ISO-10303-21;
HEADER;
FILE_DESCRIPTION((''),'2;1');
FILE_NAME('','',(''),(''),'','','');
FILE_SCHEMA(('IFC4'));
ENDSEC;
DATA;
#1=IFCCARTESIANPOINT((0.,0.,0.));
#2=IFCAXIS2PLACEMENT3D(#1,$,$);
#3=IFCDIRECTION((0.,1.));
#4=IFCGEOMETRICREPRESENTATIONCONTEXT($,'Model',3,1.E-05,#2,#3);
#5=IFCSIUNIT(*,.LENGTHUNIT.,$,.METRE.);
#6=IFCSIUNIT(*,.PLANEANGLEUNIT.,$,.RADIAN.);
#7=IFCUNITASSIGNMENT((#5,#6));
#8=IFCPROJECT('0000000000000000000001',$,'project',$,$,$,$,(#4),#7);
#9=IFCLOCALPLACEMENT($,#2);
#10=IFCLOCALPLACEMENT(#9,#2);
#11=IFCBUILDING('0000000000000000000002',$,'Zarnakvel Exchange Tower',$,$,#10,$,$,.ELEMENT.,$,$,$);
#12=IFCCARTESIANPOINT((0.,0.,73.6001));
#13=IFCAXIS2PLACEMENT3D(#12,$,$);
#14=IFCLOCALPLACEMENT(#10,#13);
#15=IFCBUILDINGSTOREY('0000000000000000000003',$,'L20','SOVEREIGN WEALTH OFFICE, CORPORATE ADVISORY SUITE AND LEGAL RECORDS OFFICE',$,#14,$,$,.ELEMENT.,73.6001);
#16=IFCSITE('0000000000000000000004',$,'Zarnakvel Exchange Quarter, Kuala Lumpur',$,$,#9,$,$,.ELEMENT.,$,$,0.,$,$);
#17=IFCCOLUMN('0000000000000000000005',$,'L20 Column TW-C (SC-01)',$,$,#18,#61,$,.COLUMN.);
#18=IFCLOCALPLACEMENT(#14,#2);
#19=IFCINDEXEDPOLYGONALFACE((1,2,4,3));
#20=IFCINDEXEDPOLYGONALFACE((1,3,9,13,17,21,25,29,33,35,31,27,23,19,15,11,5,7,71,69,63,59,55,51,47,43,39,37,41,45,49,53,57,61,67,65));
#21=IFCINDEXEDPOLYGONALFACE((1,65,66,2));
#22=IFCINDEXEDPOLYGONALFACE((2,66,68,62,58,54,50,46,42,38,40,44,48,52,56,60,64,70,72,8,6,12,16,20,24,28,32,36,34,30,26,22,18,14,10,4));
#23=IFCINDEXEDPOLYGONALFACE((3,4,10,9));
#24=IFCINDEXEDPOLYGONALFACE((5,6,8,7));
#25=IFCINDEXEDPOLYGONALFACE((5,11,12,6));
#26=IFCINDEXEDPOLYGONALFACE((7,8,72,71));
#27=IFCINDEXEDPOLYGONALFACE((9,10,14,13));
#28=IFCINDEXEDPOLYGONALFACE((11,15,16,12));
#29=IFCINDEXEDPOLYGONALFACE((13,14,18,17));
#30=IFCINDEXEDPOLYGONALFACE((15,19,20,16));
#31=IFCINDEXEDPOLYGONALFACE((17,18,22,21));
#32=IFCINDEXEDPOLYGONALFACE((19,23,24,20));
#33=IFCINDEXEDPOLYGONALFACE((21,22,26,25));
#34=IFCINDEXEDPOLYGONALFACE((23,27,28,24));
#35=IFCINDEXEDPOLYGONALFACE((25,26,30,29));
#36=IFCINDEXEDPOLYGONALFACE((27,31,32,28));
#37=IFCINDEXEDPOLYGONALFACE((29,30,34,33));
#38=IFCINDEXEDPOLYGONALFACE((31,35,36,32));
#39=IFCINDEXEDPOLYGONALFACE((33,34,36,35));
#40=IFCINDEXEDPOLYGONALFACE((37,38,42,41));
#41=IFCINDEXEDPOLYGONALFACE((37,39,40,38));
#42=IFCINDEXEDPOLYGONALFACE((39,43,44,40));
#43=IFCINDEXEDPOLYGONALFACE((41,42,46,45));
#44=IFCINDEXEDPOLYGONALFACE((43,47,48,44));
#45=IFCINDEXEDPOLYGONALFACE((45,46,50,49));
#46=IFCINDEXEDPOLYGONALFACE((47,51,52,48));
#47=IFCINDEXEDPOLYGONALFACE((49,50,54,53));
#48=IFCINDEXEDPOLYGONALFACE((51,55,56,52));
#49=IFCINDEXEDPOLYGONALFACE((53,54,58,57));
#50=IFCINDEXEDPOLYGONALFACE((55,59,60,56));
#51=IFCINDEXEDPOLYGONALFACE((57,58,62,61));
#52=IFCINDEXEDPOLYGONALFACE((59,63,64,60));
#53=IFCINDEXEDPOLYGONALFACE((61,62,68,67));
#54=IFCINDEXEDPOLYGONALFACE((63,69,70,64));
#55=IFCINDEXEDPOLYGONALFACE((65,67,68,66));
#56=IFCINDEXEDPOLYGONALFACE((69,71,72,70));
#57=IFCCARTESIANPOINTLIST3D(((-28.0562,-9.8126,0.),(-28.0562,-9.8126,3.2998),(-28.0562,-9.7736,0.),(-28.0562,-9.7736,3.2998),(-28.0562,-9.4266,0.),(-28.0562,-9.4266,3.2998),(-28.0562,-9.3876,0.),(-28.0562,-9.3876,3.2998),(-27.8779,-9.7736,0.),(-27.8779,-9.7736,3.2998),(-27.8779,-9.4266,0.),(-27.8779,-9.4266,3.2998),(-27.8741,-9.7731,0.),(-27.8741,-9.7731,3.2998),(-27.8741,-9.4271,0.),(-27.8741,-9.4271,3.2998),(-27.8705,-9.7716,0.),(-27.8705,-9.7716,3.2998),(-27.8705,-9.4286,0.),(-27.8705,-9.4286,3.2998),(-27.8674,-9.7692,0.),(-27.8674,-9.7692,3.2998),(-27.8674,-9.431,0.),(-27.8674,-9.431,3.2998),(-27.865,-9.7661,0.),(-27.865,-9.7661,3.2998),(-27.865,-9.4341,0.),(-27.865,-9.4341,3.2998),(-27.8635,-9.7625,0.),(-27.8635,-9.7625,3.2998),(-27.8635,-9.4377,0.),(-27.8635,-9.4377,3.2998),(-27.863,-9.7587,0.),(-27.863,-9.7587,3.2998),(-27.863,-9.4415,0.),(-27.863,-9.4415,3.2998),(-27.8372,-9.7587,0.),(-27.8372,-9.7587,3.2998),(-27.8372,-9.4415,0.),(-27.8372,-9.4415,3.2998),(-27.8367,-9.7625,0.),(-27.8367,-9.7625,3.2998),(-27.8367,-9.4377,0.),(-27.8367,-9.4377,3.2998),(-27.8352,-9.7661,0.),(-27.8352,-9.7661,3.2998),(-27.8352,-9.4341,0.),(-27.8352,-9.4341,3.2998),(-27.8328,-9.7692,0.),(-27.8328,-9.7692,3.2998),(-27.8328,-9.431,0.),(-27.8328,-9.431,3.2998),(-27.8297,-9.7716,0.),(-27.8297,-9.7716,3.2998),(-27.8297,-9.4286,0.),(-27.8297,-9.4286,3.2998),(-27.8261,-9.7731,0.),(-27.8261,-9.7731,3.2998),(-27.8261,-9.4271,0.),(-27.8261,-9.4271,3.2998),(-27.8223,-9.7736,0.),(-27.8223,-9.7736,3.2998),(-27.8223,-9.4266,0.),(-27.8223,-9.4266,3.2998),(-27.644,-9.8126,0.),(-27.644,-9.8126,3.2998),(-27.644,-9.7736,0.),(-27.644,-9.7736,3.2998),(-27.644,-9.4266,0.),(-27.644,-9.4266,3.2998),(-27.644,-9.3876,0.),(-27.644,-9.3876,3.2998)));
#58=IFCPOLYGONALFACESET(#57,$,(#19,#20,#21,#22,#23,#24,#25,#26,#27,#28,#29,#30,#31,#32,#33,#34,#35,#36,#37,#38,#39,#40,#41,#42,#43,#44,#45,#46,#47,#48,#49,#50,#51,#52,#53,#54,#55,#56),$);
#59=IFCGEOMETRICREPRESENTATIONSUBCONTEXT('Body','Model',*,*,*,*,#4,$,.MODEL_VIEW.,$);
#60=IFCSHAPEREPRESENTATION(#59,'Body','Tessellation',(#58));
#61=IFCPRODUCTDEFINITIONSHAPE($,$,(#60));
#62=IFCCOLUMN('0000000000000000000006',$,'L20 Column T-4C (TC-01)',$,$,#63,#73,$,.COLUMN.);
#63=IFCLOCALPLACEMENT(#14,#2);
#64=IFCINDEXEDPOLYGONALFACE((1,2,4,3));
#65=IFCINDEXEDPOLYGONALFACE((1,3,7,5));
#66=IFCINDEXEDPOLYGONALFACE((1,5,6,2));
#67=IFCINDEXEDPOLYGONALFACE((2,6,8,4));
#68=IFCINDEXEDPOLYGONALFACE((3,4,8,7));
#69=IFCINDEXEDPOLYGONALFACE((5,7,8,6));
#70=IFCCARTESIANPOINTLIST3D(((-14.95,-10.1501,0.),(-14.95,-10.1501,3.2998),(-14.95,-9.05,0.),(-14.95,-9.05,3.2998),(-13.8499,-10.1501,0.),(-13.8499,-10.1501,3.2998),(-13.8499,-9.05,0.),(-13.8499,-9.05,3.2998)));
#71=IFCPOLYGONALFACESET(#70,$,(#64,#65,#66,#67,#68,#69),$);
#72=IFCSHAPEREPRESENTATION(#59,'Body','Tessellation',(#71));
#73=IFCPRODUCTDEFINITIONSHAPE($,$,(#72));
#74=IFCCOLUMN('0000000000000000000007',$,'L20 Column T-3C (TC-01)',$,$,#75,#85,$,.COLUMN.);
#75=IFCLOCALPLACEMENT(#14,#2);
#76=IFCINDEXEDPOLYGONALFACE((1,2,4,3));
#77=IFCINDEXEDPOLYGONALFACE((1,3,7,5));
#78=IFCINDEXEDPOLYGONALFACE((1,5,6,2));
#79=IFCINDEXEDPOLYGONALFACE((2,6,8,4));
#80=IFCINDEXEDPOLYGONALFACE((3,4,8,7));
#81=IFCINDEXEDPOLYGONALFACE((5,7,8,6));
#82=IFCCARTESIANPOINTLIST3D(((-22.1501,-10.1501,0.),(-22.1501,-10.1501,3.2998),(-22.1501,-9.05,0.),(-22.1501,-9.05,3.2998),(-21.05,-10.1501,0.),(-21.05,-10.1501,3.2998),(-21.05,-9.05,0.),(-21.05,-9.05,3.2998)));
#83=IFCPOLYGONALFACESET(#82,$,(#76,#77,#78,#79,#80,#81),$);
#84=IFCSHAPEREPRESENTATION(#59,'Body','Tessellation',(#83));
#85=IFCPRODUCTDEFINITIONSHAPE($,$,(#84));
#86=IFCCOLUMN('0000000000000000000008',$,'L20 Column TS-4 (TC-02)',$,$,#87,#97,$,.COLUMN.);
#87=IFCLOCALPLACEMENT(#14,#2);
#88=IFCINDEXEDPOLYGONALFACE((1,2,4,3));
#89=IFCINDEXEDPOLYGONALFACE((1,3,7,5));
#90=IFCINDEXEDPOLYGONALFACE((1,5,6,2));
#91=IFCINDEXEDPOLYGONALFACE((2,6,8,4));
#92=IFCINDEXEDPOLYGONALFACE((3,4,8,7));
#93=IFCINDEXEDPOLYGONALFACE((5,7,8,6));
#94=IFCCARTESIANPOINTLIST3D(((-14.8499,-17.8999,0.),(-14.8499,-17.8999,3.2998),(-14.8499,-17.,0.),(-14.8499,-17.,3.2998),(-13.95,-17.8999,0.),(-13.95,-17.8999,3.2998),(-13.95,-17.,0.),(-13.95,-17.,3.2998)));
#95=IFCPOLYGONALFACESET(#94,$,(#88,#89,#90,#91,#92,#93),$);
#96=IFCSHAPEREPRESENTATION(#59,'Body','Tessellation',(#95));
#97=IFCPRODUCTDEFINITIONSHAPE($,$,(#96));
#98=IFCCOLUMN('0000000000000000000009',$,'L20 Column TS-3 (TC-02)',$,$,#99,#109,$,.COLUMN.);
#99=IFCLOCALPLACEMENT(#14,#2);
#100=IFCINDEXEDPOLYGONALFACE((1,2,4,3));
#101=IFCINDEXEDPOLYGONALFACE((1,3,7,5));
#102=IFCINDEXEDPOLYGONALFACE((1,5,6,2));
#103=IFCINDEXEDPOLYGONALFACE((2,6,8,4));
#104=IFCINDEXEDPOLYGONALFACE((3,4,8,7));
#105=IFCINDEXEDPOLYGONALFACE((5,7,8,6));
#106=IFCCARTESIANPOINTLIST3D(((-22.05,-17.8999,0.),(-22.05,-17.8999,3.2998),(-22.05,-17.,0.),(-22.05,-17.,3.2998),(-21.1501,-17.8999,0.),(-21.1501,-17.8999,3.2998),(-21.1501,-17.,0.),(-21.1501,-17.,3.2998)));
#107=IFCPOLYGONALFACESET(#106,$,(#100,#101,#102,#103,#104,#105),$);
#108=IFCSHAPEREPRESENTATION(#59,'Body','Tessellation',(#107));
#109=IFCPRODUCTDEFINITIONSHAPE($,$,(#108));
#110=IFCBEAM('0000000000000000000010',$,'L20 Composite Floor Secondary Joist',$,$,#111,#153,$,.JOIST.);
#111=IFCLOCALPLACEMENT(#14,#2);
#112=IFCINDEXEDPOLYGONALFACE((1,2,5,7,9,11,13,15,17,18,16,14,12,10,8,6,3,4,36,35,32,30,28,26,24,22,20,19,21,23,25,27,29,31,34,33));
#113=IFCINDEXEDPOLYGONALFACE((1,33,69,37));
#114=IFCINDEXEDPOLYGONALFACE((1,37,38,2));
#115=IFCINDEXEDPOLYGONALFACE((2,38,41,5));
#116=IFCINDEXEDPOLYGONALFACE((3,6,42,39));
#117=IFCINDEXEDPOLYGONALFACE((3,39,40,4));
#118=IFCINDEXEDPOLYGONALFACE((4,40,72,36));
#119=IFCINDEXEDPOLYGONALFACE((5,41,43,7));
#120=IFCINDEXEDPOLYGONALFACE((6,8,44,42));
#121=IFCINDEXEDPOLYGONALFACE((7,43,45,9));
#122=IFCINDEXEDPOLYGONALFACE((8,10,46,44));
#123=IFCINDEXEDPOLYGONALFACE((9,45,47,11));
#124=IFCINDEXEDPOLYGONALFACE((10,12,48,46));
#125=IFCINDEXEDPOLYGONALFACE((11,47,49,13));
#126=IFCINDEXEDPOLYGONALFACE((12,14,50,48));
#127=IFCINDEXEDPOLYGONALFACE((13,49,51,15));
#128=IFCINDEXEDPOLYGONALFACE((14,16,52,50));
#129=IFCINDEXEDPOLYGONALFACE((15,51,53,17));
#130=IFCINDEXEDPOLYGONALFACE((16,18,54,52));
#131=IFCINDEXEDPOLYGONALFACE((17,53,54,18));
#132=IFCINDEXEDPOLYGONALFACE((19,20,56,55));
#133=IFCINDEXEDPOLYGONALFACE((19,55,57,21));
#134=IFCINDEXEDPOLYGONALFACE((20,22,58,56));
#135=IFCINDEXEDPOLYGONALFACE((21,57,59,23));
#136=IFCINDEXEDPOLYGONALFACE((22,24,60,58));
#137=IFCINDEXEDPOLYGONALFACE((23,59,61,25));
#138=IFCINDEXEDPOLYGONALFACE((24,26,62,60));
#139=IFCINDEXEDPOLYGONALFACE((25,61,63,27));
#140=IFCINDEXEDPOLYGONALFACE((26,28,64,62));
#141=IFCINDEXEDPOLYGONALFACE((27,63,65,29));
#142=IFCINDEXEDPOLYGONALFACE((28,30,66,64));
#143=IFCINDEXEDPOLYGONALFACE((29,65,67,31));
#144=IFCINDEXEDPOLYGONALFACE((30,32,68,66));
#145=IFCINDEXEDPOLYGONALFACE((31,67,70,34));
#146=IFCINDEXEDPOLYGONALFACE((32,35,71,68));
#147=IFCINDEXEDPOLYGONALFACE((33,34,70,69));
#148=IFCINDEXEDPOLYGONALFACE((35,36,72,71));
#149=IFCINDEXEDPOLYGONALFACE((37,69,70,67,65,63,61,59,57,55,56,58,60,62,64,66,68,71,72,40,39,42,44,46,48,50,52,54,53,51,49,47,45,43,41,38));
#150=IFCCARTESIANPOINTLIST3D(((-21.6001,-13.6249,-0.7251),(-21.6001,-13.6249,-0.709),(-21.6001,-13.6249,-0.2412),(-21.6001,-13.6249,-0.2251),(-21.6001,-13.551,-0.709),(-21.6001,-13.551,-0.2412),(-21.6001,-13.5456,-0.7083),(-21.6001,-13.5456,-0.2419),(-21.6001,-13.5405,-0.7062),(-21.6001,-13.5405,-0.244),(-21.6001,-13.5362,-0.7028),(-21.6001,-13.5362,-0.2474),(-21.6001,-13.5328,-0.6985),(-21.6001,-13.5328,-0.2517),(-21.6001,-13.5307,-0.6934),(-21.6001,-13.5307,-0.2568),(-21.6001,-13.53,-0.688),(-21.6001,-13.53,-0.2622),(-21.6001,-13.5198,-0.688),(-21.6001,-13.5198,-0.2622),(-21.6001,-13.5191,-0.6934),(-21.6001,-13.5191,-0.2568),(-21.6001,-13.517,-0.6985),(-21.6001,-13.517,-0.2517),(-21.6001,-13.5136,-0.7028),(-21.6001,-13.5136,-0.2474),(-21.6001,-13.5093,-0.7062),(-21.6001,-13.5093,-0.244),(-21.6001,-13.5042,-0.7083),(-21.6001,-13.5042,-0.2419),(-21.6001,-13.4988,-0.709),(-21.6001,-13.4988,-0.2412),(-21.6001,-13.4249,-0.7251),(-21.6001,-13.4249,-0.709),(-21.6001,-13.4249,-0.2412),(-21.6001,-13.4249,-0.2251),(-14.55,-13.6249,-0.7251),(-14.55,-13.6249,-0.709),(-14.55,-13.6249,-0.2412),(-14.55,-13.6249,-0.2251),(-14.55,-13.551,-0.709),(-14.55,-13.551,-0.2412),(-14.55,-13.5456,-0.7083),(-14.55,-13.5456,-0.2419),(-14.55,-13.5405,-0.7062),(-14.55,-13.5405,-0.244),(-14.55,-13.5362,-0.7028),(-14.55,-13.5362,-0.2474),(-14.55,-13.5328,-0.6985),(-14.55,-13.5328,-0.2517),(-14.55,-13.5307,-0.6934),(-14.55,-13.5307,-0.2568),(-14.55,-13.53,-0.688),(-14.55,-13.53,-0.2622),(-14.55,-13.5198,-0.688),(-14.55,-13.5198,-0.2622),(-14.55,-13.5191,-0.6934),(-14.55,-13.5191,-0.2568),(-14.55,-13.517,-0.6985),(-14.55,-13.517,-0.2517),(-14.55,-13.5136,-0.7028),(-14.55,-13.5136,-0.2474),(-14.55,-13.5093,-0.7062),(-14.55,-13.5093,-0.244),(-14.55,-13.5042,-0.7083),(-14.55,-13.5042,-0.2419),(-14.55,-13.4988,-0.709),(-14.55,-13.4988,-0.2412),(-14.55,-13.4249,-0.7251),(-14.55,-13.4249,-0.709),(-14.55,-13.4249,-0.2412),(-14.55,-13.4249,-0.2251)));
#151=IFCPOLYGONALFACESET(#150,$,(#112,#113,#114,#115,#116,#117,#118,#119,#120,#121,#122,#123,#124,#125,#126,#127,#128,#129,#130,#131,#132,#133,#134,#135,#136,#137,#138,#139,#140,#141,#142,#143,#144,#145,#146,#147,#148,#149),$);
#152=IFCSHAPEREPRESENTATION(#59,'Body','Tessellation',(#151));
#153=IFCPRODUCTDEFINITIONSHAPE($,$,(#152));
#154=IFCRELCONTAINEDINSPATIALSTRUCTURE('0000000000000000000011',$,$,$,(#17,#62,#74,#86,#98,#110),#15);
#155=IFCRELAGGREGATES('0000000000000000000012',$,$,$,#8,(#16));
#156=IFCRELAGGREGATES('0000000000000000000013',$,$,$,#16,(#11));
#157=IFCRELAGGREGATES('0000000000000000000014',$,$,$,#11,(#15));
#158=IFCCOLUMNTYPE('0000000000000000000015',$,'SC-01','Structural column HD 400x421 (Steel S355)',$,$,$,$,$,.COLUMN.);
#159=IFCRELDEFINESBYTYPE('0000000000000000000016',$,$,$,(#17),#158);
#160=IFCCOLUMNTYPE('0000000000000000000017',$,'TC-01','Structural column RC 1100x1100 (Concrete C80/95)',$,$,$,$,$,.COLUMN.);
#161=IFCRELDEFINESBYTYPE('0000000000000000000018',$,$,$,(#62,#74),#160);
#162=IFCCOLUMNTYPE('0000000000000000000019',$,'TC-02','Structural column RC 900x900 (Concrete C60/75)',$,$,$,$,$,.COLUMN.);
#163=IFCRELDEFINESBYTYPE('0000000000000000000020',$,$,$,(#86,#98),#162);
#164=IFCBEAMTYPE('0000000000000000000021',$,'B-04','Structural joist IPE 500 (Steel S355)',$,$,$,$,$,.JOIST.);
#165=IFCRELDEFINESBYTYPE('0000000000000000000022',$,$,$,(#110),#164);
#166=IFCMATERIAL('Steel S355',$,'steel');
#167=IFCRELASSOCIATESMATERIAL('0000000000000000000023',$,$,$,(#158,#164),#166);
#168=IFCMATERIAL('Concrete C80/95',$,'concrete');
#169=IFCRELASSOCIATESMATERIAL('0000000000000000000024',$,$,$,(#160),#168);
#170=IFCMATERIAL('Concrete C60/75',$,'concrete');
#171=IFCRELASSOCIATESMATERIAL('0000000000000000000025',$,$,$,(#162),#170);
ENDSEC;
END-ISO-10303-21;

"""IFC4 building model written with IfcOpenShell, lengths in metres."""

from ifc_helpers import new_model, si_unit, direction, frame, origin, origin_2d, place, context, subcontext, project, spatial, rectangle, i_section, extrude, material, material_profile, profile_set, type_object, element, save


model = new_model("IFC4")

# Units and contexts
model_context = context("Model", 3, precision=1e-05, world=origin(), true_north=direction((0.0, 1.0)))
body_context = subcontext(model_context, "Body", "Model", "MODEL_VIEW")
ifc_project = project(units=[si_unit("LENGTHUNIT", "METRE"), si_unit("PLANEANGLEUNIT", "RADIAN")], contexts=[model_context])

# Site, building, storey
site_placement = place(None, origin())
site = spatial("IfcSite", under=ifc_project, at=site_placement, Name="Zarnakvel Exchange Quarter, Kuala Lumpur", CompositionType="ELEMENT", RefElevation=0.0)
building_placement = place(site_placement, origin())
building = spatial("IfcBuilding", under=site, at=building_placement, Name="Zarnakvel Exchange Tower", CompositionType="ELEMENT")
storey_placement = place(building_placement, frame((0.0, 0.0, 73.6001)))
storey = spatial("IfcBuildingStorey", under=building, at=storey_placement, Name="L20", Description="SOVEREIGN WEALTH OFFICE, CORPORATE ADVISORY SUITE AND LEGAL RECORDS OFFICE", CompositionType="ELEMENT", Elevation=73.6001)

# Columns
ifc_material_1 = material(Name="Steel S355", Category="steel")
ifc_material_profile_1 = material_profile(ifc_material_1, i_section(OverallWidth=0.4121, OverallDepth=0.425, WebThickness=0.0259, FlangeThickness=0.0391, FilletRadius=0.0149, at=origin_2d()))
ifc_profile_set_1 = profile_set([ifc_material_profile_1], Name="Steel S355")
column_type_1 = type_object("IfcColumnType", Name="SC-01", Description="Structural column HD 400x421 (Steel S355)", PredefinedType="COLUMN", material=ifc_profile_set_1)
column_placement = place(storey_placement, frame((-27.8501, -9.6001, 0.0), z_axis=(0.0, 0.0, 1.0), x_axis=(1.0, 0.0, 0.0)))
element("IfcColumn", 1, at=column_placement, inside=storey, type_object=column_type_1, Name="L20 Column TW-C (SC-01)", PredefinedType="COLUMN", context=body_context, shape_type="SweptSolid", body=[
    extrude(i_section(OverallWidth=0.4121, OverallDepth=0.425, WebThickness=0.0259, FlangeThickness=0.0391, FilletRadius=0.0149, at=origin_2d()), origin(), (0.0, 0.0, 1.0), 3.2998),
])
ifc_material_2 = material(Name="Concrete C80/95", Category="concrete")
ifc_material_profile_2 = material_profile(ifc_material_2, rectangle(XDim=1.1001, YDim=1.1001, at=origin_2d()))
ifc_profile_set_2 = profile_set([ifc_material_profile_2], Name="Concrete C80/95")
column_type_2 = type_object("IfcColumnType", Name="TC-01", Description="Structural column RC 1100x1100 (Concrete C80/95)", PredefinedType="COLUMN", material=ifc_profile_set_2)
for number, where, z_axis, x_axis, name in (
    (2, (-14.3999, -9.6001, 0.0), (0.0, 0.0, 1.0), (1.0, 0.0, 0.0), "L20 Column T-4C (TC-01)"),
    (3, (-21.6001, -9.6001, 0.0), (0.0, 0.0, 1.0), (1.0, 0.0, 0.0), "L20 Column T-3C (TC-01)"),
):
    element("IfcColumn", number, at=place(storey_placement, frame(where, z_axis=z_axis, x_axis=x_axis)), inside=storey, type_object=column_type_2, Name=name, PredefinedType="COLUMN", context=body_context, shape_type="SweptSolid", body=[
        extrude(rectangle(XDim=1.1001, YDim=1.1001, at=origin_2d()), origin(), (0.0, 0.0, 1.0), 3.2998),
    ])
ifc_material_3 = material(Name="Concrete C60/75", Category="concrete")
ifc_material_profile_3 = material_profile(ifc_material_3, rectangle(XDim=0.8999, YDim=0.8999, at=origin_2d()))
ifc_profile_set_3 = profile_set([ifc_material_profile_3], Name="Concrete C60/75")
column_type_3 = type_object("IfcColumnType", Name="TC-02", Description="Structural column RC 900x900 (Concrete C60/75)", PredefinedType="COLUMN", material=ifc_profile_set_3)
for number, where, z_axis, x_axis, name in (
    (4, (-14.3999, -17.45, 0.0), (0.0, 0.0, 1.0), (1.0, 0.0, 0.0), "L20 Column TS-4 (TC-02)"),
    (5, (-21.6001, -17.45, 0.0), (0.0, 0.0, 1.0), (1.0, 0.0, 0.0), "L20 Column TS-3 (TC-02)"),
):
    element("IfcColumn", number, at=place(storey_placement, frame(where, z_axis=z_axis, x_axis=x_axis)), inside=storey, type_object=column_type_3, Name=name, PredefinedType="COLUMN", context=body_context, shape_type="SweptSolid", body=[
        extrude(rectangle(XDim=0.8999, YDim=0.8999, at=origin_2d()), origin(), (0.0, 0.0, 1.0), 3.2998),
    ])

# Beam
ifc_material_profile_4 = material_profile(ifc_material_1, i_section(OverallWidth=0.2, OverallDepth=0.5, WebThickness=0.0103, FlangeThickness=0.0161, FilletRadius=0.021, at=origin_2d()))
ifc_profile_set_4 = profile_set([ifc_material_profile_4], Name="Steel S355")
beam_type_1 = type_object("IfcBeamType", Name="B-04", Description="Structural joist IPE 500 (Steel S355)", PredefinedType="JOIST", material=ifc_profile_set_4)
beam_1_placement = place(storey_placement, frame((-21.6001, -13.5249, -0.4751), z_axis=(1.0, 0.0, 0.0), x_axis=(0.0, 1.0, 0.0)))
element("IfcBeam", 6, at=beam_1_placement, inside=storey, type_object=beam_type_1, Name="L20 Composite Floor Secondary Joist", PredefinedType="JOIST", context=body_context, shape_type="SweptSolid", body=[
    extrude(i_section(OverallWidth=0.2, OverallDepth=0.5, WebThickness=0.0103, FlangeThickness=0.0161, FilletRadius=0.021, at=origin_2d()), origin(), (0.0, 0.0, 1.0), 7.05),
])

save(model, "model.ifc")
